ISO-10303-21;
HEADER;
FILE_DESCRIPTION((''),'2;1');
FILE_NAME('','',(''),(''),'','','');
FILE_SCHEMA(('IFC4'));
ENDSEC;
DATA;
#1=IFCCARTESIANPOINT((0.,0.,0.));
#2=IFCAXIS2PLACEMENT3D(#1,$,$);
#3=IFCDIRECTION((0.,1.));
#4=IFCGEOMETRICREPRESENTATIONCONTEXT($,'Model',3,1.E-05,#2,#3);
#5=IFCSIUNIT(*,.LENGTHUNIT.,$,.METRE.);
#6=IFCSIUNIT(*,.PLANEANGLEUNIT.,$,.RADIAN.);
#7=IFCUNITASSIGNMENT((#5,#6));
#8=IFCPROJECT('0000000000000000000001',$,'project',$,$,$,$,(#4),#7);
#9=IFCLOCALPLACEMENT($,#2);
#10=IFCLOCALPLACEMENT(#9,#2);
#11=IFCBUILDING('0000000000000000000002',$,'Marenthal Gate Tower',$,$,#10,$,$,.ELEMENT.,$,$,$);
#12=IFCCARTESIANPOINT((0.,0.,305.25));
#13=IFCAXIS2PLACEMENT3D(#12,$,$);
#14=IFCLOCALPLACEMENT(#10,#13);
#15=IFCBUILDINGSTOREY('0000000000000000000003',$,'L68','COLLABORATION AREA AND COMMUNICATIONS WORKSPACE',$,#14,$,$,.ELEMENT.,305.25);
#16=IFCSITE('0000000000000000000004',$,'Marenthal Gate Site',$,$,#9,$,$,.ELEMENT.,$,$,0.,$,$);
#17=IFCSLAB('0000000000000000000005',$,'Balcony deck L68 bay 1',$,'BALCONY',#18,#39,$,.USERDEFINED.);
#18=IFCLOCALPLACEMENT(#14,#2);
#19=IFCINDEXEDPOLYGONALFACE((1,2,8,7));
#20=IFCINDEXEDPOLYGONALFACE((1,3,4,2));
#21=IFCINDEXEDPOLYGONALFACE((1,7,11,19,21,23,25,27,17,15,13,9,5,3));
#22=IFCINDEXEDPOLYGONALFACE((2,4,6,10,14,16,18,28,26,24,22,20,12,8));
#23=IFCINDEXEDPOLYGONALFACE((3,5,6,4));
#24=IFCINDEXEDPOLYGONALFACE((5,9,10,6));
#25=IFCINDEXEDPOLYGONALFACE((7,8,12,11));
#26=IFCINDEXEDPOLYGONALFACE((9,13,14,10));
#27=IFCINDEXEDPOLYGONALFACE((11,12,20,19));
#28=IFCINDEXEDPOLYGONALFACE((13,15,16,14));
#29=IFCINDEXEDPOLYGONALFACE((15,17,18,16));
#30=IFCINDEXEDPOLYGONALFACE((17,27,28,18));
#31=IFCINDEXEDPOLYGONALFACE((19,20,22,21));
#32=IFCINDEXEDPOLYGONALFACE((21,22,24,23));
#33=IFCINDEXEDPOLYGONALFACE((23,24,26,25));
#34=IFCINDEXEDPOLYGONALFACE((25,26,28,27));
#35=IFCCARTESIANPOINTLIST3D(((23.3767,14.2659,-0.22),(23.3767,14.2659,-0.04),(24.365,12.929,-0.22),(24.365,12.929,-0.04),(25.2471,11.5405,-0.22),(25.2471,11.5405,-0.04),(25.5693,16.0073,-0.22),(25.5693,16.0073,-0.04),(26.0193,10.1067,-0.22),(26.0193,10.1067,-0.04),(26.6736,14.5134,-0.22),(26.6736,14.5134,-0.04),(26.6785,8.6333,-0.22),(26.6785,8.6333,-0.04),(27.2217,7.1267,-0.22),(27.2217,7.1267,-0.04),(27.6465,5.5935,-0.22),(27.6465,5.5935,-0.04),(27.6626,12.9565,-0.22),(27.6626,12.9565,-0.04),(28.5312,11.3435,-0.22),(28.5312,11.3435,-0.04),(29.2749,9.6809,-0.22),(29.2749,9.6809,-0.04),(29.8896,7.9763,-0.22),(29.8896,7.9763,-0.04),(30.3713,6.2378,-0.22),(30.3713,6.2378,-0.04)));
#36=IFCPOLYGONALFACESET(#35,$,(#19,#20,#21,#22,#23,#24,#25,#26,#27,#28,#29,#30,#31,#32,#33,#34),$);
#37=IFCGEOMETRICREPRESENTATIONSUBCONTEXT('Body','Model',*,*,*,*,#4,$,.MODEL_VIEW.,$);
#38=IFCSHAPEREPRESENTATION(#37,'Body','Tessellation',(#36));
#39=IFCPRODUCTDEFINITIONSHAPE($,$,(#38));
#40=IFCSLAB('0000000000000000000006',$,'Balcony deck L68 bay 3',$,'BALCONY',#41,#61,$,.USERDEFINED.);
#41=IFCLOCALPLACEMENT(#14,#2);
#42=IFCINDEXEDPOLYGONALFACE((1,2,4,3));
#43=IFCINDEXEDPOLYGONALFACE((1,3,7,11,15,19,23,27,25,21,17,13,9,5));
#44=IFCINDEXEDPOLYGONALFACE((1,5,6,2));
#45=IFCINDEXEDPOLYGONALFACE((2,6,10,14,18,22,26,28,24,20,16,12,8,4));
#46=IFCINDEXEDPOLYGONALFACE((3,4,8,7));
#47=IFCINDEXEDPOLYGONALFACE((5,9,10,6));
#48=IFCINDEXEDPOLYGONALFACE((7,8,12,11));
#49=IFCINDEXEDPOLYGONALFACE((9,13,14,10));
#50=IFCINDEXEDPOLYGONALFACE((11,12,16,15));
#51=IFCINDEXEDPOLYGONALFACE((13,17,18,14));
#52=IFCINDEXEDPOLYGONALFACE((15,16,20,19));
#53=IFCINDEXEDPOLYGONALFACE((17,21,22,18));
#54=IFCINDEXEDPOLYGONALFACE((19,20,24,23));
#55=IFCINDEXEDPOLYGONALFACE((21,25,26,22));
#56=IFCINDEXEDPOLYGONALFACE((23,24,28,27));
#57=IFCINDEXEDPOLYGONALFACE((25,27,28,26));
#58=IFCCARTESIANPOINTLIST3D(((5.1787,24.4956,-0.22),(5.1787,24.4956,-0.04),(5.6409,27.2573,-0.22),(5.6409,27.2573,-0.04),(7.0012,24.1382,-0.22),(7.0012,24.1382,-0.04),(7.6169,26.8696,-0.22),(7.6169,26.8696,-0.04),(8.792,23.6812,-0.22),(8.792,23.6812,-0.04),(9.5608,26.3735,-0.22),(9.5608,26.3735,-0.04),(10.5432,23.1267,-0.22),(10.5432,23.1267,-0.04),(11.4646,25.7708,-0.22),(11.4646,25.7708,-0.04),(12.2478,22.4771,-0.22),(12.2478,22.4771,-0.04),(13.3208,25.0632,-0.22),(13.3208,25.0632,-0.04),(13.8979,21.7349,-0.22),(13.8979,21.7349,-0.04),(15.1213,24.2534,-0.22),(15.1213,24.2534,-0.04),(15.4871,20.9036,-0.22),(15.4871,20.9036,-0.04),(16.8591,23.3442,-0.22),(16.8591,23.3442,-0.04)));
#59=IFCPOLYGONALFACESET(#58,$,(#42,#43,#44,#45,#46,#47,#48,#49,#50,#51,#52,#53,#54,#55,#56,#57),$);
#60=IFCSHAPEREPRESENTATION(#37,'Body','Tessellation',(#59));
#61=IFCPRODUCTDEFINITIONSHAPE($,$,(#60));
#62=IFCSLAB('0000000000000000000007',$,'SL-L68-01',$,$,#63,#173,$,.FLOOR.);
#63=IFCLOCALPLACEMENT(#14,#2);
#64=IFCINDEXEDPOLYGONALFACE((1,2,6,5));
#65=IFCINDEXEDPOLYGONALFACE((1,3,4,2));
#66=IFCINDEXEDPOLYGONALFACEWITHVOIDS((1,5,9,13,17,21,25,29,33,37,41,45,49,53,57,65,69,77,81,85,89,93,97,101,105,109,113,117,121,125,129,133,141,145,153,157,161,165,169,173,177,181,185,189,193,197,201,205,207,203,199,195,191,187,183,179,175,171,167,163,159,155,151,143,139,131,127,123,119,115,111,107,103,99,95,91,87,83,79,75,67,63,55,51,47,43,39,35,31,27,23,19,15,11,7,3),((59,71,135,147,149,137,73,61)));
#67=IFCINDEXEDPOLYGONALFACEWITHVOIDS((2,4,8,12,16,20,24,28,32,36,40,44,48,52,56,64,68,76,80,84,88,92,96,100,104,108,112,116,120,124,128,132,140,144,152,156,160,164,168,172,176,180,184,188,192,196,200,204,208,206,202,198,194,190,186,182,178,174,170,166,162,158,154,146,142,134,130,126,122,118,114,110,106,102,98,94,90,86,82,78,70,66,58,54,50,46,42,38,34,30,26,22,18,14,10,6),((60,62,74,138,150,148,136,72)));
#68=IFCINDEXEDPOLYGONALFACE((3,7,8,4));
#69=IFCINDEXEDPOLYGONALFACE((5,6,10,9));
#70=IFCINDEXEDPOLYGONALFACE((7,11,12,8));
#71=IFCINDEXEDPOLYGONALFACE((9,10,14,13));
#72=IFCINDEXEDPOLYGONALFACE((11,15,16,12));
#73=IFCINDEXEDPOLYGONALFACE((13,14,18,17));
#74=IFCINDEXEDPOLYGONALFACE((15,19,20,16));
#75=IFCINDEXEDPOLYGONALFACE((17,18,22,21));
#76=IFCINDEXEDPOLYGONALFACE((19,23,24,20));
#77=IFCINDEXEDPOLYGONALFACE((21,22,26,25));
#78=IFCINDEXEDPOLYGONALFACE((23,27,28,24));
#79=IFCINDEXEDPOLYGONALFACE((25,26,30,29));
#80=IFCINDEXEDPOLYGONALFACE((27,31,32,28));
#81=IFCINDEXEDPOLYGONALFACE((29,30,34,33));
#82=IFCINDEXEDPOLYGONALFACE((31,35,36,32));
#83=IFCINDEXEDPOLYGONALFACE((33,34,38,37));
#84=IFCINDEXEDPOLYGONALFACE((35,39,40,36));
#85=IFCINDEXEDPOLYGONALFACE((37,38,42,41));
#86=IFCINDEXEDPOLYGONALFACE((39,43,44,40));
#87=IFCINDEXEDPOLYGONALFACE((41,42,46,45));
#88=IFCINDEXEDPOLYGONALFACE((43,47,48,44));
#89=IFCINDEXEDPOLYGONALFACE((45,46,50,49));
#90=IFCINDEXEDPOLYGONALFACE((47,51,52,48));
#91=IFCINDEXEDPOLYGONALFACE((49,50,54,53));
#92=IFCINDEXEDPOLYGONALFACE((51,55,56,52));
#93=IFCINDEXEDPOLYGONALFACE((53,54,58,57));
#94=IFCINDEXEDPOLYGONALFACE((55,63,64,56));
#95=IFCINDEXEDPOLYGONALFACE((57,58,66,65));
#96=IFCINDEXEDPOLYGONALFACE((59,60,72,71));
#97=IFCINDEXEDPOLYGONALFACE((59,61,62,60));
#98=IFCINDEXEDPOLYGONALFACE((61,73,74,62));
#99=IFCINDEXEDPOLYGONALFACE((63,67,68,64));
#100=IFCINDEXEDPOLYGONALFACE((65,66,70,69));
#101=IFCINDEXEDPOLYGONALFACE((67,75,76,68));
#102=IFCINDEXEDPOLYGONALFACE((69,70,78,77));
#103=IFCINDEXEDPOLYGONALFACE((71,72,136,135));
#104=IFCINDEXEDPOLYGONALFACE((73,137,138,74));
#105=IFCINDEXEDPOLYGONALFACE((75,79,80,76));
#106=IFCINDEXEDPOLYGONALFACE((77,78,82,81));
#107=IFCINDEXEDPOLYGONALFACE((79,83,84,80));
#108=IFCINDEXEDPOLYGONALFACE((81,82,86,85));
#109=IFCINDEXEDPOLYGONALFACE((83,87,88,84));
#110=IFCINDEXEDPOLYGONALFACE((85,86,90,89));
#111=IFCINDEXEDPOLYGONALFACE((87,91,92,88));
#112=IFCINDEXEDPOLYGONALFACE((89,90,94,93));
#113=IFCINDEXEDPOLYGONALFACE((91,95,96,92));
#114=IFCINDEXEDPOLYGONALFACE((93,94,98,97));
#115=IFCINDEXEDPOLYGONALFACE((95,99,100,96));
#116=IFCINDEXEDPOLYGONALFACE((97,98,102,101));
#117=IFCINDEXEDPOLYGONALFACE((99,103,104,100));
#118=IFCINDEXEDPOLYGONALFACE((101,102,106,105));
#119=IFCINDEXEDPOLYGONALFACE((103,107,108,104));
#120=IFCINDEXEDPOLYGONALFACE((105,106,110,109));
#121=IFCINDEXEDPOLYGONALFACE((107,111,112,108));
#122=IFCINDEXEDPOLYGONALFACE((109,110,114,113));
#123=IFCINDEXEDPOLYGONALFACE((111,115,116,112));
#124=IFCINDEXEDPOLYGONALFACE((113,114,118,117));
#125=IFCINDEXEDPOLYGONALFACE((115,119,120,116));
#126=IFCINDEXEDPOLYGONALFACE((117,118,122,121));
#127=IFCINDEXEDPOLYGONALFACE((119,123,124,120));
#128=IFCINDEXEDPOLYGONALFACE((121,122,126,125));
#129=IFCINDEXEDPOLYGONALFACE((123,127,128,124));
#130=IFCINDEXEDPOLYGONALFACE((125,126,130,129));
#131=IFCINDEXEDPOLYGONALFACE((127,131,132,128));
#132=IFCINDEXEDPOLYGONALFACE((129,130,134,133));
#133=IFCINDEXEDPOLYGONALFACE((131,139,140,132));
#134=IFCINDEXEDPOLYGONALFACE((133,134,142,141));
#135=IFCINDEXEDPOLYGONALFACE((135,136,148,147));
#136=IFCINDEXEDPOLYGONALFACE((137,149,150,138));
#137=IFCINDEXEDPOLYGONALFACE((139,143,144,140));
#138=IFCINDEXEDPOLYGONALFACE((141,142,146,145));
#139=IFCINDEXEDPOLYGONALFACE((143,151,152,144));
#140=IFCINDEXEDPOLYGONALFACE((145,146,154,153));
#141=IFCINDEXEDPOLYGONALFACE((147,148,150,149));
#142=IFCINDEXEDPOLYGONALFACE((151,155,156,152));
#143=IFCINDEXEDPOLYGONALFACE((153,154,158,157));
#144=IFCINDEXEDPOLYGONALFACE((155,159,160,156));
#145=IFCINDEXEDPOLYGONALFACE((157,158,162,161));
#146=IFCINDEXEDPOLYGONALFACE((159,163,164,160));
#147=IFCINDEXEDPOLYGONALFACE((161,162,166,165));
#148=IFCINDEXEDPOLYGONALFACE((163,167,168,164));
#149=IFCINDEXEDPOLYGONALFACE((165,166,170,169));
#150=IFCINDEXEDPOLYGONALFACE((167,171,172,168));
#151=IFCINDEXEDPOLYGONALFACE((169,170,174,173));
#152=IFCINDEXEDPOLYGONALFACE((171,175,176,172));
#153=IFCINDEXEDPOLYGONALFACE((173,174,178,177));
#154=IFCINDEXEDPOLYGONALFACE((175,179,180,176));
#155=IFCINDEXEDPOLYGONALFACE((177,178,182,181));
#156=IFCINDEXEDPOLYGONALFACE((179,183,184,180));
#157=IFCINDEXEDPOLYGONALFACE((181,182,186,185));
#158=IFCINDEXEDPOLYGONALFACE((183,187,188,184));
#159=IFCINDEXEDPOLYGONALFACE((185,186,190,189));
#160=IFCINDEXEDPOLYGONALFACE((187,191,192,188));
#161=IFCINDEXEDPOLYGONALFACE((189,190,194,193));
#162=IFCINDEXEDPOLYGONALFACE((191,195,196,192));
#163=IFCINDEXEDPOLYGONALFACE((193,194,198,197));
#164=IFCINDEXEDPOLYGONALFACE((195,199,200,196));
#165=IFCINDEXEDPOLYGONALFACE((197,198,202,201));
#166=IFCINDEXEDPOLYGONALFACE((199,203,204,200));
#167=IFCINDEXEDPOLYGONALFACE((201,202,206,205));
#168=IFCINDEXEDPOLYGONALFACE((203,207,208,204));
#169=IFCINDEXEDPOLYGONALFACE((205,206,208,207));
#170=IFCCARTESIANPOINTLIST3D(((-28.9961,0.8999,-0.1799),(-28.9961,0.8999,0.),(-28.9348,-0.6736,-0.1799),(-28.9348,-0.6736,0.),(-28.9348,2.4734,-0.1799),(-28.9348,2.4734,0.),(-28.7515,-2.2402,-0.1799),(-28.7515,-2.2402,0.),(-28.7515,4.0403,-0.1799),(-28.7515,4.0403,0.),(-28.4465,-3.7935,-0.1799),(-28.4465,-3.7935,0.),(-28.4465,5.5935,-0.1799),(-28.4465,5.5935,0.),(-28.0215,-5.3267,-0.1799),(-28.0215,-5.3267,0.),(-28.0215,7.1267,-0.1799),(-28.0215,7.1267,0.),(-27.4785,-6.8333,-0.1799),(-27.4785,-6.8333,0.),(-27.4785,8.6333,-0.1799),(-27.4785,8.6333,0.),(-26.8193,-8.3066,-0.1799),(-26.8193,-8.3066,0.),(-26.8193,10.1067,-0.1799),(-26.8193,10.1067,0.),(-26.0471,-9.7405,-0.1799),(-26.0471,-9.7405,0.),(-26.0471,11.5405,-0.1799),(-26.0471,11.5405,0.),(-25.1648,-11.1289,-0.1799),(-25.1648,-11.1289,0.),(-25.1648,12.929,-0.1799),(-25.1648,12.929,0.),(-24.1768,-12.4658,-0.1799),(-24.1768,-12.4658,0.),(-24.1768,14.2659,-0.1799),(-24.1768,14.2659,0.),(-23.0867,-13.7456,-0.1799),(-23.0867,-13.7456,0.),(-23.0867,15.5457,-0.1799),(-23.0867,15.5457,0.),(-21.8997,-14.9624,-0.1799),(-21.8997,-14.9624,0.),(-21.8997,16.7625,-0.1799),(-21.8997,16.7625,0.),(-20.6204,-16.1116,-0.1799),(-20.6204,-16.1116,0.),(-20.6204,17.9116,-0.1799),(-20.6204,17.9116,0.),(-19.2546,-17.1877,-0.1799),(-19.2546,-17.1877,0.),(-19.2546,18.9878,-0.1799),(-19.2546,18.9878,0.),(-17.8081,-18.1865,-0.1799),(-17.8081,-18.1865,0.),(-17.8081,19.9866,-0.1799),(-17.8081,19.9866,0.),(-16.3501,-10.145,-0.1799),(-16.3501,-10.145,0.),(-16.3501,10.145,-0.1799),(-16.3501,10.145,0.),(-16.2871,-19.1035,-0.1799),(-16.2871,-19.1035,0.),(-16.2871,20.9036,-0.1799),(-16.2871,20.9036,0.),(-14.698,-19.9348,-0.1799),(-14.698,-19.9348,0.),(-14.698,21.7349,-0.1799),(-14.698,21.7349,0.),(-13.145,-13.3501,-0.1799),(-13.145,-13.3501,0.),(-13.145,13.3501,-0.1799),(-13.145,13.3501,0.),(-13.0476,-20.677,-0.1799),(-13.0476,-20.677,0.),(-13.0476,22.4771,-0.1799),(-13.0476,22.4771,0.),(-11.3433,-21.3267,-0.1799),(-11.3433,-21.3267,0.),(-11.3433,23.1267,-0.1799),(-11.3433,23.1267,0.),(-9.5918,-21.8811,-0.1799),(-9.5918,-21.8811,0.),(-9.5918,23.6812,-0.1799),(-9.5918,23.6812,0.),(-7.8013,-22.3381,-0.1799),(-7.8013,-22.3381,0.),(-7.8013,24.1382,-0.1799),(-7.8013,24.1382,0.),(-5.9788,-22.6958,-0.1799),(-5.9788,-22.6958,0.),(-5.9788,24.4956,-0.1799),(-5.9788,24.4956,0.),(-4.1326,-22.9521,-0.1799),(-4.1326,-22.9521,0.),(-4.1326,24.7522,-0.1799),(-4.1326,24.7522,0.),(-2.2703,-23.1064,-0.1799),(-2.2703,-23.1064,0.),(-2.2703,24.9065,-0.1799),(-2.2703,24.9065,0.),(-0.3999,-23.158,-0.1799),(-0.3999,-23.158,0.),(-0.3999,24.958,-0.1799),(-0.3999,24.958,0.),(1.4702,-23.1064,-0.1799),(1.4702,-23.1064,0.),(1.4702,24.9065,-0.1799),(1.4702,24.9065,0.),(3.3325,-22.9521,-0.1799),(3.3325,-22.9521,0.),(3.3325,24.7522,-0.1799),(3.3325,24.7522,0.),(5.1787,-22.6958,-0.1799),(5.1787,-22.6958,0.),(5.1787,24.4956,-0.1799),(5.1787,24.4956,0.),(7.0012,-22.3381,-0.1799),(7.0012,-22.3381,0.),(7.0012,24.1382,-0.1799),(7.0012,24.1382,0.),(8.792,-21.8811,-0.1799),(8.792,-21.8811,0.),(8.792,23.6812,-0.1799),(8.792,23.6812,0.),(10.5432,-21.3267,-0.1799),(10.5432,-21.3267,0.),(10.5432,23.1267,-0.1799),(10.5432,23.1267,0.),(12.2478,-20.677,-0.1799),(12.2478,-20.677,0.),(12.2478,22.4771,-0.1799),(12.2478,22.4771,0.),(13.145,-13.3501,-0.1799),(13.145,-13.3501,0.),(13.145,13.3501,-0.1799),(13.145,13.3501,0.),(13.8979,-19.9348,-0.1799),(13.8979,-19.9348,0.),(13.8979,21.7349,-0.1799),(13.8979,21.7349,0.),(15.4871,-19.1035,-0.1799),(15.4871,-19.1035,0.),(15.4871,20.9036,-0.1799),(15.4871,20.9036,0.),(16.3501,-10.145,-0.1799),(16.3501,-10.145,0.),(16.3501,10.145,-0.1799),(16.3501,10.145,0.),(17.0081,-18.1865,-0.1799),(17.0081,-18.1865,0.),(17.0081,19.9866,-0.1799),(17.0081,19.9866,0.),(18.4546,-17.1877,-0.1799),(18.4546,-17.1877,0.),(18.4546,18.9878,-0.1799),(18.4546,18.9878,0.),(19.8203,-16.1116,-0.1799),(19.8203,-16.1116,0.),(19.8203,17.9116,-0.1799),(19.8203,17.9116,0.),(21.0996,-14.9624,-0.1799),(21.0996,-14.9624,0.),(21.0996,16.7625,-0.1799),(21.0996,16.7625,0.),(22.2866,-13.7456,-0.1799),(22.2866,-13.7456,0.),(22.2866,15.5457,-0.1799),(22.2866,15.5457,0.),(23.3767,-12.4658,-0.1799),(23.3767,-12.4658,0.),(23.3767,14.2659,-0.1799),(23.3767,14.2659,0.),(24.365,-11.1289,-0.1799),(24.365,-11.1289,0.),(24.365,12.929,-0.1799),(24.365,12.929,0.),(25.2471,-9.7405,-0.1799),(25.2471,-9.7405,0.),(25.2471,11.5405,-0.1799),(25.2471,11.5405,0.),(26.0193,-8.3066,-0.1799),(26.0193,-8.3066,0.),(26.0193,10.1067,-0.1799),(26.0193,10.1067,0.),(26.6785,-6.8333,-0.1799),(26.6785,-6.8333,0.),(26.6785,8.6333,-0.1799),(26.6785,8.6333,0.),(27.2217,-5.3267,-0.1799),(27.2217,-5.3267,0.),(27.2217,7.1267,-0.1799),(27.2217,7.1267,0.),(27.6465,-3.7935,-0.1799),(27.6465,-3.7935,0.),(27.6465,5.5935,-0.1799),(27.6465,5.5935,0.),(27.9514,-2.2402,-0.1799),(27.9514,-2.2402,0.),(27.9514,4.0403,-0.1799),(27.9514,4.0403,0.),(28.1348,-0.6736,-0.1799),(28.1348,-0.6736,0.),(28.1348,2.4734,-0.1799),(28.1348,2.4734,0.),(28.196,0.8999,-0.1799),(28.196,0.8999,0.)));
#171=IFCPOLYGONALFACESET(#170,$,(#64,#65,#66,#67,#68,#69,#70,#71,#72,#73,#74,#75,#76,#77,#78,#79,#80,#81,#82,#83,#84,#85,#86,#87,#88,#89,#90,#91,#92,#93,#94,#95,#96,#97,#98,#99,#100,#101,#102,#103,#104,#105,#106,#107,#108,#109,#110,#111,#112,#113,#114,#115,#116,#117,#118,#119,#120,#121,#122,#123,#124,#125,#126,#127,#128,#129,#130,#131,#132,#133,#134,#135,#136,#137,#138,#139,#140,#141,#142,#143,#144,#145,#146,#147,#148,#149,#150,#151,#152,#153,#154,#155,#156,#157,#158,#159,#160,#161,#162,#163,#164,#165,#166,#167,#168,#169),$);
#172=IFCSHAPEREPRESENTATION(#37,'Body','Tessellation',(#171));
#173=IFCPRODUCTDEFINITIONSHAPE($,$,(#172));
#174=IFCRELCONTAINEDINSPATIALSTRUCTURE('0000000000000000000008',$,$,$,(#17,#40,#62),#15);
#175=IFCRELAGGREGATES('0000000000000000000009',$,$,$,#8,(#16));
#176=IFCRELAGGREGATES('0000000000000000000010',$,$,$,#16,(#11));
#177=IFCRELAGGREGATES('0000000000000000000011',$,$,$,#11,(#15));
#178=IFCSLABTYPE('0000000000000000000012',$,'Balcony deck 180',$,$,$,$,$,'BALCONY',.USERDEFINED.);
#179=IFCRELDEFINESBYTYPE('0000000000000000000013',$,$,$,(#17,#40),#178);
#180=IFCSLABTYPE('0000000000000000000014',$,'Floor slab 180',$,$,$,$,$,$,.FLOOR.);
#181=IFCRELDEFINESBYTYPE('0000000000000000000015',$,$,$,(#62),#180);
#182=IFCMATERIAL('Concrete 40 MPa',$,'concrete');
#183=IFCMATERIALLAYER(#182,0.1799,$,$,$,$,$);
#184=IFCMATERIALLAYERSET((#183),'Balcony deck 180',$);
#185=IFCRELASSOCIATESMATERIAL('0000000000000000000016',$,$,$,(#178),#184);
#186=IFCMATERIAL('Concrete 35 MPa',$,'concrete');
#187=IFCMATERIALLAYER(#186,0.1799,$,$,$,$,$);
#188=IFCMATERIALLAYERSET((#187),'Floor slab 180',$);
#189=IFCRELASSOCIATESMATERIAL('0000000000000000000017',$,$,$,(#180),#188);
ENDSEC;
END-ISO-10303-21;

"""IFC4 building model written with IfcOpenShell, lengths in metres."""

from ifc_helpers import new_model, si_unit, direction, frame, origin, place, context, subcontext, project, spatial, polyline, outline, extrude, material, layer, layer_set, type_object, element, save


model = new_model("IFC4")

# Units and contexts
model_context = context("Model", 3, precision=1e-05, world=origin(), true_north=direction((0.0, 1.0)))
body_context = subcontext(model_context, "Body", "Model", "MODEL_VIEW")
ifc_project = project(units=[si_unit("LENGTHUNIT", "METRE"), si_unit("PLANEANGLEUNIT", "RADIAN")], contexts=[model_context])

# Site, building, storey
site_placement = place(None, origin())
site = spatial("IfcSite", under=ifc_project, at=site_placement, Name="Marenthal Gate Site", CompositionType="ELEMENT", RefElevation=0.0)
building_placement = place(site_placement, origin())
building = spatial("IfcBuilding", under=site, at=building_placement, Name="Marenthal Gate Tower", CompositionType="ELEMENT")
storey_placement = place(building_placement, frame((0.0, 0.0, 305.25)))
storey = spatial("IfcBuildingStorey", under=building, at=storey_placement, Name="L68", Description="COLLABORATION AREA AND COMMUNICATIONS WORKSPACE", CompositionType="ELEMENT", Elevation=305.25)

# Slabs
ifc_material_1 = material(Name="Concrete 40 MPa", Category="concrete")
ifc_layer_1 = layer(ifc_material_1, 0.1799)
ifc_layer_set_1 = layer_set([ifc_layer_1], Name="Balcony deck 180")
slab_type_1 = type_object("IfcSlabType", Name="Balcony deck 180", ElementType="BALCONY", PredefinedType="USERDEFINED", material=ifc_layer_set_1)
slab_1_placement = place(storey_placement, frame((0.0, 0.0, -0.22)))
element("IfcSlab", 1, at=slab_1_placement, inside=storey, type_object=slab_type_1, Name="Balcony deck L68 bay 1", ObjectType="BALCONY", PredefinedType="USERDEFINED", context=body_context, shape_type="SweptSolid", body=[
    extrude(outline(polyline([(27.6465, 5.5935), (27.2217, 7.1267), (26.6785, 8.6333), (26.0193, 10.1067), (25.2471, 11.5405), (24.365, 12.929), (23.3767, 14.2659), (25.5693, 16.0073), (26.6736, 14.5134), (27.6626, 12.9565), (28.5312, 11.3435), (29.2749, 9.6809), (29.8896, 7.9763), (30.3713, 6.2378), (27.6465, 5.5935)])), origin(), (0.0, 0.0, 1.0), 0.1799),
])
slab_2_placement = place(storey_placement, frame((0.0, 0.0, -0.22)))
element("IfcSlab", 2, at=slab_2_placement, inside=storey, type_object=slab_type_1, Name="Balcony deck L68 bay 3", ObjectType="BALCONY", PredefinedType="USERDEFINED", context=body_context, shape_type="SweptSolid", body=[
    extrude(outline(polyline([(15.4871, 20.9036), (13.8979, 21.7349), (12.2478, 22.4771), (10.5432, 23.1267), (8.792, 23.6812), (7.0012, 24.1382), (5.1787, 24.4956), (5.6409, 27.2573), (7.6169, 26.8696), (9.5608, 26.3735), (11.4646, 25.7708), (13.3208, 25.0632), (15.1213, 24.2534), (16.8591, 23.3442), (15.4871, 20.9036)])), origin(), (0.0, 0.0, 1.0), 0.1799),
])
ifc_material_2 = material(Name="Concrete 35 MPa", Category="concrete")
ifc_layer_2 = layer(ifc_material_2, 0.1799)
ifc_layer_set_2 = layer_set([ifc_layer_2], Name="Floor slab 180")
slab_type_2 = type_object("IfcSlabType", Name="Floor slab 180", PredefinedType="FLOOR", material=ifc_layer_set_2)
slab_3_placement = place(storey_placement, frame((0.0, 0.0, -0.1799)))
element("IfcSlab", 3, at=slab_3_placement, inside=storey, type_object=slab_type_2, Name="SL-L68-01", PredefinedType="FLOOR", context=body_context, shape_type="SweptSolid", body=[
    extrude(outline(polyline([(28.196, 0.8999), (28.1348, 2.4734), (27.9514, 4.0403), (27.6465, 5.5935), (27.2217, 7.1267), (26.6785, 8.6333), (26.0193, 10.1067), (25.2471, 11.5405), (24.365, 12.929), (23.3767, 14.2659), (22.2866, 15.5457), (21.0996, 16.7625), (19.8203, 17.9116), (18.4546, 18.9878), (17.0081, 19.9866), (15.4871, 20.9036), (13.8979, 21.7349), (12.2478, 22.4771), (10.5432, 23.1267), (8.792, 23.6812), (7.0012, 24.1382), (5.1787, 24.4956), (3.3325, 24.7522), (1.4702, 24.9065), (-0.3999, 24.958), (-2.2703, 24.9065), (-4.1326, 24.7522), (-5.9788, 24.4956), (-7.8013, 24.1382), (-9.5918, 23.6812), (-11.3433, 23.1267), (-13.0476, 22.4771), (-14.698, 21.7349), (-16.2871, 20.9036), (-17.8081, 19.9866), (-19.2546, 18.9878), (-20.6204, 17.9116), (-21.8997, 16.7625), (-23.0867, 15.5457), (-24.1768, 14.2659), (-25.1648, 12.929), (-26.0471, 11.5405), (-26.8193, 10.1067), (-27.4785, 8.6333), (-28.0215, 7.1267), (-28.4465, 5.5935), (-28.7515, 4.0403), (-28.9348, 2.4734), (-28.9961, 0.8999), (-28.9348, -0.6736), (-28.7515, -2.2402), (-28.4465, -3.7935), (-28.0215, -5.3267), (-27.4785, -6.8333), (-26.8193, -8.3066), (-26.0471, -9.7405), (-25.1648, -11.1289), (-24.1768, -12.4658), (-23.0867, -13.7456), (-21.8997, -14.9624), (-20.6204, -16.1116), (-19.2546, -17.1877), (-17.8081, -18.1865), (-16.2871, -19.1035), (-14.698, -19.9348), (-13.0476, -20.677), (-11.3433, -21.3267), (-9.5918, -21.8811), (-7.8013, -22.3381), (-5.9788, -22.6958), (-4.1326, -22.9521), (-2.2703, -23.1064), (-0.3999, -23.158), (1.4702, -23.1064), (3.3325, -22.9521), (5.1787, -22.6958), (7.0012, -22.3381), (8.792, -21.8811), (10.5432, -21.3267), (12.2478, -20.677), (13.8979, -19.9348), (15.4871, -19.1035), (17.0081, -18.1865), (18.4546, -17.1877), (19.8203, -16.1116), (21.0996, -14.9624), (22.2866, -13.7456), (23.3767, -12.4658), (24.365, -11.1289), (25.2471, -9.7405), (26.0193, -8.3066), (26.6785, -6.8333), (27.2217, -5.3267), (27.6465, -3.7935), (27.9514, -2.2402), (28.1348, -0.6736), (28.196, 0.8999)]), holes=[polyline([(13.145, -13.3501), (16.3501, -10.145), (16.3501, 10.145), (13.145, 13.3501), (-13.145, 13.3501), (-16.3501, 10.145), (-16.3501, -10.145), (-13.145, -13.3501), (13.145, -13.3501)])]), origin(), (0.0, 0.0, 1.0), 0.1799),
])

save(model, "model.ifc")
